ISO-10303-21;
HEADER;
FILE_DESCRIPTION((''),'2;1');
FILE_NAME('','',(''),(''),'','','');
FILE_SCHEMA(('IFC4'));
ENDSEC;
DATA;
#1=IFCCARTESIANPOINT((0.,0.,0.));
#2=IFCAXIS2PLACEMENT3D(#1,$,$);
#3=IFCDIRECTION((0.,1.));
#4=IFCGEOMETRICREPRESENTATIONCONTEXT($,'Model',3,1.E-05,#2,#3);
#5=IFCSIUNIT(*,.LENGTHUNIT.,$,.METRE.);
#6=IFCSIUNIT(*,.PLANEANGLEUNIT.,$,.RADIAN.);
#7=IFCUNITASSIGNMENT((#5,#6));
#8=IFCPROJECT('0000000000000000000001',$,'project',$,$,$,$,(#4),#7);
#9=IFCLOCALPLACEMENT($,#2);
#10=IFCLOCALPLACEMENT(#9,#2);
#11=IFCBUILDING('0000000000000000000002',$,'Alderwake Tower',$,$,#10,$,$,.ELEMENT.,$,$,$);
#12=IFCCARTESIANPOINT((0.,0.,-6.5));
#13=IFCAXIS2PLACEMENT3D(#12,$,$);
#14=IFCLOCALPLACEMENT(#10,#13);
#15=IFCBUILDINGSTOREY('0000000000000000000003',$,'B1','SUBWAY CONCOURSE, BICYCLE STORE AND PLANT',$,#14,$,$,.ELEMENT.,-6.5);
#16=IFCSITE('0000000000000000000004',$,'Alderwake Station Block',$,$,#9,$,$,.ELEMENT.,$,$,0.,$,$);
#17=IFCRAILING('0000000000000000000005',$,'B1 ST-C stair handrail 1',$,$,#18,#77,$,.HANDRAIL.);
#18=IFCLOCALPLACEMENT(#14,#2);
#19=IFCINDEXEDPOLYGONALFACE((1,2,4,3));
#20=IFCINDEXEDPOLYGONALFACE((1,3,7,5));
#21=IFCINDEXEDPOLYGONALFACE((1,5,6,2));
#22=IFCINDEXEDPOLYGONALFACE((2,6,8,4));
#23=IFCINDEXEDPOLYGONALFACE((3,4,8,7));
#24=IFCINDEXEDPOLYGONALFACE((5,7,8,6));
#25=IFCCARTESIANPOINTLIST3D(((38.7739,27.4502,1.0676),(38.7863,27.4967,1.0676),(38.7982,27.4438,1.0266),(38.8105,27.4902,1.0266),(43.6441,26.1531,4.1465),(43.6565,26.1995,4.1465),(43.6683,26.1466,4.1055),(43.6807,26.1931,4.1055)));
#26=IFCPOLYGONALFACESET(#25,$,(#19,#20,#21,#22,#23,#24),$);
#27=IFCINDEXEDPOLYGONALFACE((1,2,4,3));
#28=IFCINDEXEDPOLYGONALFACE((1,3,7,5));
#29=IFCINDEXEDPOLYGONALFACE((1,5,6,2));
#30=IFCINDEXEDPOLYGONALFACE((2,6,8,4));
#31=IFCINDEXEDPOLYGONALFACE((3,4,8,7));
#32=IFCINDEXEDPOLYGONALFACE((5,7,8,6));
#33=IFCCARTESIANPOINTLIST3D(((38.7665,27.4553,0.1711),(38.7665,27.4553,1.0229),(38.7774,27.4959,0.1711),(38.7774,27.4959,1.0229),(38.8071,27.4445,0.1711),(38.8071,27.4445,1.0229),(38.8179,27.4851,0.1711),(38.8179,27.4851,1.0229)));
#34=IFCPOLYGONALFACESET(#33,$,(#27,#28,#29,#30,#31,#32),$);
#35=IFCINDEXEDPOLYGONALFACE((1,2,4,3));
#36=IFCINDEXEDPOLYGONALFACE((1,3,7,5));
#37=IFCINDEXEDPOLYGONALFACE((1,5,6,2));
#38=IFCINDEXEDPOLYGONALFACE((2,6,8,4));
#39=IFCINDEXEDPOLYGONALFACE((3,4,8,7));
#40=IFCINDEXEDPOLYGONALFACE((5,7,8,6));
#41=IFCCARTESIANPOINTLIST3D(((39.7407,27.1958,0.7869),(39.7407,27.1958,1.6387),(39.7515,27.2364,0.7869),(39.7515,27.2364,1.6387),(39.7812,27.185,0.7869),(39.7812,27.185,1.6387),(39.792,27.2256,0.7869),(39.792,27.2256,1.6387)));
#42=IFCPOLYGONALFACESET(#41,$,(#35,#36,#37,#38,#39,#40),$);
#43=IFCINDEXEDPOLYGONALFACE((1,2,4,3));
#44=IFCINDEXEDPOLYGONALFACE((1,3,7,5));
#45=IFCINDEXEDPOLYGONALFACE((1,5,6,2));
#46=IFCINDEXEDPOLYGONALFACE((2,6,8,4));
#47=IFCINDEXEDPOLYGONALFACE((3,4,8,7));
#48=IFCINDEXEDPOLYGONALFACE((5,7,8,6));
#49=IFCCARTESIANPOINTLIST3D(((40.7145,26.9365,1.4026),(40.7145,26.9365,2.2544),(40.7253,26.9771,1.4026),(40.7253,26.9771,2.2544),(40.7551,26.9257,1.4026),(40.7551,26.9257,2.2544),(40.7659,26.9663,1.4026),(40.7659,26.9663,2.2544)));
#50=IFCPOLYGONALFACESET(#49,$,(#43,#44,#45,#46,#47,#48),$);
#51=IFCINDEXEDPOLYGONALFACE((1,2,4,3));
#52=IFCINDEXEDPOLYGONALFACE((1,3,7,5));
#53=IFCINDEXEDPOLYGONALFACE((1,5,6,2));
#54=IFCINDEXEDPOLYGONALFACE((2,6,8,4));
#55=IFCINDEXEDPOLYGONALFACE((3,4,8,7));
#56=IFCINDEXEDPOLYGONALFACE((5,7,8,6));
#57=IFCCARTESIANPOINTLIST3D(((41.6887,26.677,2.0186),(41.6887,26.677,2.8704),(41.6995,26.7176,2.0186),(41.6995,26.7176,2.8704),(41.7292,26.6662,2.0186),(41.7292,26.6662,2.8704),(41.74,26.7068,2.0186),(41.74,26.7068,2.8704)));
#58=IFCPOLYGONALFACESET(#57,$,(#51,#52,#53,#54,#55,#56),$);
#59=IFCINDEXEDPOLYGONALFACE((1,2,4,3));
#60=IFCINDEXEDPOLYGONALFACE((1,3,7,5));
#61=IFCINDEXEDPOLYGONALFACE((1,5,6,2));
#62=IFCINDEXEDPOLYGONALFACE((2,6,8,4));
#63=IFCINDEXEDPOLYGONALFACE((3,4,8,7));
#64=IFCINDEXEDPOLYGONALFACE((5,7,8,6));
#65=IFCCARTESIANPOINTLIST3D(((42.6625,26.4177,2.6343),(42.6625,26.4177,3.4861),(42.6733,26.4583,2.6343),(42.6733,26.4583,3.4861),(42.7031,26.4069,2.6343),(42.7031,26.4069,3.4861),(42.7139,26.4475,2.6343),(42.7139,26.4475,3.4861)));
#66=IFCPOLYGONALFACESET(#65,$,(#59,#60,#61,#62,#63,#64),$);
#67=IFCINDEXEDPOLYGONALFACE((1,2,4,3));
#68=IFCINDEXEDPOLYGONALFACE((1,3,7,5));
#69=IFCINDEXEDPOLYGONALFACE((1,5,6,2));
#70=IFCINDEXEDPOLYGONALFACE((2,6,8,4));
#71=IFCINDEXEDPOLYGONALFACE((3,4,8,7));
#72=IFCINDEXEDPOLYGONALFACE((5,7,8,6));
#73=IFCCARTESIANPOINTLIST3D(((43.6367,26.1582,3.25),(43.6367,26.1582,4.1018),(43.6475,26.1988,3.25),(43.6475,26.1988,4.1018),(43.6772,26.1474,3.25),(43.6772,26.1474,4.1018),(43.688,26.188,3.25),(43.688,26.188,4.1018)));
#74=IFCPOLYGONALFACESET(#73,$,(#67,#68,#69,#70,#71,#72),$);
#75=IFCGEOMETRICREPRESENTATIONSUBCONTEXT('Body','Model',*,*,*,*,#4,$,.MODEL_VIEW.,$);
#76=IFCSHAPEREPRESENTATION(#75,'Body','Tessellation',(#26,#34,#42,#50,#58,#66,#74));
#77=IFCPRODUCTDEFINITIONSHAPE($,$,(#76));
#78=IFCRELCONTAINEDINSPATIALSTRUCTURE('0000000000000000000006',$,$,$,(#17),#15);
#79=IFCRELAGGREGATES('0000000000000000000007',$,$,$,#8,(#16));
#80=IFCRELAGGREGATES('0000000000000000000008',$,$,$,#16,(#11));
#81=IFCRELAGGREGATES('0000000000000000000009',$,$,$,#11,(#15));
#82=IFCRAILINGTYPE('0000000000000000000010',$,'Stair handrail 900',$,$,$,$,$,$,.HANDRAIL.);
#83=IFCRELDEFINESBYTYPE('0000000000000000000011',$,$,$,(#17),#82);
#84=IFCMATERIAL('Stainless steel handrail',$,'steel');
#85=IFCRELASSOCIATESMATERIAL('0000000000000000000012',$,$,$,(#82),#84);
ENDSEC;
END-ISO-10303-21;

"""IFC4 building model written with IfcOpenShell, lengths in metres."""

from ifc_helpers import new_model, si_unit, direction, frame, origin, origin_2d, place, context, subcontext, project, spatial, rectangle, extrude, material, type_object, element, save


model = new_model("IFC4")

# Units and contexts
model_context = context("Model", 3, precision=1e-05, world=origin(), true_north=direction((0.0, 1.0)))
body_context = subcontext(model_context, "Body", "Model", "MODEL_VIEW")
ifc_project = project(units=[si_unit("LENGTHUNIT", "METRE"), si_unit("PLANEANGLEUNIT", "RADIAN")], contexts=[model_context])

# Site, building, storey
site_placement = place(None, origin())
site = spatial("IfcSite", under=ifc_project, at=site_placement, Name="Alderwake Station Block", CompositionType="ELEMENT", RefElevation=0.0)
building_placement = place(site_placement, origin())
building = spatial("IfcBuilding", under=site, at=building_placement, Name="Alderwake Tower", CompositionType="ELEMENT")
storey_placement = place(building_placement, frame((0.0, 0.0, -6.5)))
storey = spatial("IfcBuildingStorey", under=building, at=storey_placement, Name="B1", Description="SUBWAY CONCOURSE, BICYCLE STORE AND PLANT", CompositionType="ELEMENT", Elevation=-6.5)

# Railing
ifc_material_1 = material(Name="Stainless steel handrail", Category="steel")
railing_type_1 = type_object("IfcRailingType", Name="Stair handrail 900", PredefinedType="HANDRAIL", material=ifc_material_1)
railing_1_placement = place(storey_placement, frame((38.7922, 27.4702, 0.1711)))
element("IfcRailing", 1, at=railing_1_placement, inside=storey, type_object=railing_type_1, Name="B1 ST-C stair handrail 1", PredefinedType="HANDRAIL", context=body_context, shape_type="SweptSolid", body=[
    extrude(rectangle(XDim=0.0481, YDim=0.0481, at=origin_2d()), frame((0.0, 0.0, 0.876), z_axis=(0.824616, -0.21963, 0.521317), x_axis=(0.25737, 0.966313, 0.0)), (0.0, 0.0, 1.0), 5.906),
    extrude(rectangle(XDim=0.042, YDim=0.042, at=origin_2d()), frame((0.0, 0.0, 0.0), z_axis=(0.0, 0.0, 1.0), x_axis=(0.966313, -0.25737, 0.0)), (0.0, 0.0, 1.0), 0.8518),
    extrude(rectangle(XDim=0.042, YDim=0.042, at=origin_2d()), frame((0.9741, -0.2595, 0.6157), z_axis=(0.0, 0.0, 1.0), x_axis=(0.966313, -0.25737, 0.0)), (0.0, 0.0, 1.0), 0.8518),
    extrude(rectangle(XDim=0.042, YDim=0.042, at=origin_2d()), frame((1.948, -0.5188, 1.2314), z_axis=(0.0, 0.0, 1.0), x_axis=(0.966313, -0.25737, 0.0)), (0.0, 0.0, 1.0), 0.8518),
    extrude(rectangle(XDim=0.042, YDim=0.042, at=origin_2d()), frame((2.9221, -0.7783, 1.8474), z_axis=(0.0, 0.0, 1.0), x_axis=(0.966313, -0.25737, 0.0)), (0.0, 0.0, 1.0), 0.8518),
    extrude(rectangle(XDim=0.042, YDim=0.042, at=origin_2d()), frame((3.896, -1.0376, 2.4631), z_axis=(0.0, 0.0, 1.0), x_axis=(0.966313, -0.25737, 0.0)), (0.0, 0.0, 1.0), 0.8518),
    extrude(rectangle(XDim=0.042, YDim=0.042, at=origin_2d()), frame((4.8701, -1.2971, 3.0789), z_axis=(0.0, 0.0, 1.0), x_axis=(0.966313, -0.25737, 0.0)), (0.0, 0.0, 1.0), 0.8518),
])

save(model, "model.ifc")
